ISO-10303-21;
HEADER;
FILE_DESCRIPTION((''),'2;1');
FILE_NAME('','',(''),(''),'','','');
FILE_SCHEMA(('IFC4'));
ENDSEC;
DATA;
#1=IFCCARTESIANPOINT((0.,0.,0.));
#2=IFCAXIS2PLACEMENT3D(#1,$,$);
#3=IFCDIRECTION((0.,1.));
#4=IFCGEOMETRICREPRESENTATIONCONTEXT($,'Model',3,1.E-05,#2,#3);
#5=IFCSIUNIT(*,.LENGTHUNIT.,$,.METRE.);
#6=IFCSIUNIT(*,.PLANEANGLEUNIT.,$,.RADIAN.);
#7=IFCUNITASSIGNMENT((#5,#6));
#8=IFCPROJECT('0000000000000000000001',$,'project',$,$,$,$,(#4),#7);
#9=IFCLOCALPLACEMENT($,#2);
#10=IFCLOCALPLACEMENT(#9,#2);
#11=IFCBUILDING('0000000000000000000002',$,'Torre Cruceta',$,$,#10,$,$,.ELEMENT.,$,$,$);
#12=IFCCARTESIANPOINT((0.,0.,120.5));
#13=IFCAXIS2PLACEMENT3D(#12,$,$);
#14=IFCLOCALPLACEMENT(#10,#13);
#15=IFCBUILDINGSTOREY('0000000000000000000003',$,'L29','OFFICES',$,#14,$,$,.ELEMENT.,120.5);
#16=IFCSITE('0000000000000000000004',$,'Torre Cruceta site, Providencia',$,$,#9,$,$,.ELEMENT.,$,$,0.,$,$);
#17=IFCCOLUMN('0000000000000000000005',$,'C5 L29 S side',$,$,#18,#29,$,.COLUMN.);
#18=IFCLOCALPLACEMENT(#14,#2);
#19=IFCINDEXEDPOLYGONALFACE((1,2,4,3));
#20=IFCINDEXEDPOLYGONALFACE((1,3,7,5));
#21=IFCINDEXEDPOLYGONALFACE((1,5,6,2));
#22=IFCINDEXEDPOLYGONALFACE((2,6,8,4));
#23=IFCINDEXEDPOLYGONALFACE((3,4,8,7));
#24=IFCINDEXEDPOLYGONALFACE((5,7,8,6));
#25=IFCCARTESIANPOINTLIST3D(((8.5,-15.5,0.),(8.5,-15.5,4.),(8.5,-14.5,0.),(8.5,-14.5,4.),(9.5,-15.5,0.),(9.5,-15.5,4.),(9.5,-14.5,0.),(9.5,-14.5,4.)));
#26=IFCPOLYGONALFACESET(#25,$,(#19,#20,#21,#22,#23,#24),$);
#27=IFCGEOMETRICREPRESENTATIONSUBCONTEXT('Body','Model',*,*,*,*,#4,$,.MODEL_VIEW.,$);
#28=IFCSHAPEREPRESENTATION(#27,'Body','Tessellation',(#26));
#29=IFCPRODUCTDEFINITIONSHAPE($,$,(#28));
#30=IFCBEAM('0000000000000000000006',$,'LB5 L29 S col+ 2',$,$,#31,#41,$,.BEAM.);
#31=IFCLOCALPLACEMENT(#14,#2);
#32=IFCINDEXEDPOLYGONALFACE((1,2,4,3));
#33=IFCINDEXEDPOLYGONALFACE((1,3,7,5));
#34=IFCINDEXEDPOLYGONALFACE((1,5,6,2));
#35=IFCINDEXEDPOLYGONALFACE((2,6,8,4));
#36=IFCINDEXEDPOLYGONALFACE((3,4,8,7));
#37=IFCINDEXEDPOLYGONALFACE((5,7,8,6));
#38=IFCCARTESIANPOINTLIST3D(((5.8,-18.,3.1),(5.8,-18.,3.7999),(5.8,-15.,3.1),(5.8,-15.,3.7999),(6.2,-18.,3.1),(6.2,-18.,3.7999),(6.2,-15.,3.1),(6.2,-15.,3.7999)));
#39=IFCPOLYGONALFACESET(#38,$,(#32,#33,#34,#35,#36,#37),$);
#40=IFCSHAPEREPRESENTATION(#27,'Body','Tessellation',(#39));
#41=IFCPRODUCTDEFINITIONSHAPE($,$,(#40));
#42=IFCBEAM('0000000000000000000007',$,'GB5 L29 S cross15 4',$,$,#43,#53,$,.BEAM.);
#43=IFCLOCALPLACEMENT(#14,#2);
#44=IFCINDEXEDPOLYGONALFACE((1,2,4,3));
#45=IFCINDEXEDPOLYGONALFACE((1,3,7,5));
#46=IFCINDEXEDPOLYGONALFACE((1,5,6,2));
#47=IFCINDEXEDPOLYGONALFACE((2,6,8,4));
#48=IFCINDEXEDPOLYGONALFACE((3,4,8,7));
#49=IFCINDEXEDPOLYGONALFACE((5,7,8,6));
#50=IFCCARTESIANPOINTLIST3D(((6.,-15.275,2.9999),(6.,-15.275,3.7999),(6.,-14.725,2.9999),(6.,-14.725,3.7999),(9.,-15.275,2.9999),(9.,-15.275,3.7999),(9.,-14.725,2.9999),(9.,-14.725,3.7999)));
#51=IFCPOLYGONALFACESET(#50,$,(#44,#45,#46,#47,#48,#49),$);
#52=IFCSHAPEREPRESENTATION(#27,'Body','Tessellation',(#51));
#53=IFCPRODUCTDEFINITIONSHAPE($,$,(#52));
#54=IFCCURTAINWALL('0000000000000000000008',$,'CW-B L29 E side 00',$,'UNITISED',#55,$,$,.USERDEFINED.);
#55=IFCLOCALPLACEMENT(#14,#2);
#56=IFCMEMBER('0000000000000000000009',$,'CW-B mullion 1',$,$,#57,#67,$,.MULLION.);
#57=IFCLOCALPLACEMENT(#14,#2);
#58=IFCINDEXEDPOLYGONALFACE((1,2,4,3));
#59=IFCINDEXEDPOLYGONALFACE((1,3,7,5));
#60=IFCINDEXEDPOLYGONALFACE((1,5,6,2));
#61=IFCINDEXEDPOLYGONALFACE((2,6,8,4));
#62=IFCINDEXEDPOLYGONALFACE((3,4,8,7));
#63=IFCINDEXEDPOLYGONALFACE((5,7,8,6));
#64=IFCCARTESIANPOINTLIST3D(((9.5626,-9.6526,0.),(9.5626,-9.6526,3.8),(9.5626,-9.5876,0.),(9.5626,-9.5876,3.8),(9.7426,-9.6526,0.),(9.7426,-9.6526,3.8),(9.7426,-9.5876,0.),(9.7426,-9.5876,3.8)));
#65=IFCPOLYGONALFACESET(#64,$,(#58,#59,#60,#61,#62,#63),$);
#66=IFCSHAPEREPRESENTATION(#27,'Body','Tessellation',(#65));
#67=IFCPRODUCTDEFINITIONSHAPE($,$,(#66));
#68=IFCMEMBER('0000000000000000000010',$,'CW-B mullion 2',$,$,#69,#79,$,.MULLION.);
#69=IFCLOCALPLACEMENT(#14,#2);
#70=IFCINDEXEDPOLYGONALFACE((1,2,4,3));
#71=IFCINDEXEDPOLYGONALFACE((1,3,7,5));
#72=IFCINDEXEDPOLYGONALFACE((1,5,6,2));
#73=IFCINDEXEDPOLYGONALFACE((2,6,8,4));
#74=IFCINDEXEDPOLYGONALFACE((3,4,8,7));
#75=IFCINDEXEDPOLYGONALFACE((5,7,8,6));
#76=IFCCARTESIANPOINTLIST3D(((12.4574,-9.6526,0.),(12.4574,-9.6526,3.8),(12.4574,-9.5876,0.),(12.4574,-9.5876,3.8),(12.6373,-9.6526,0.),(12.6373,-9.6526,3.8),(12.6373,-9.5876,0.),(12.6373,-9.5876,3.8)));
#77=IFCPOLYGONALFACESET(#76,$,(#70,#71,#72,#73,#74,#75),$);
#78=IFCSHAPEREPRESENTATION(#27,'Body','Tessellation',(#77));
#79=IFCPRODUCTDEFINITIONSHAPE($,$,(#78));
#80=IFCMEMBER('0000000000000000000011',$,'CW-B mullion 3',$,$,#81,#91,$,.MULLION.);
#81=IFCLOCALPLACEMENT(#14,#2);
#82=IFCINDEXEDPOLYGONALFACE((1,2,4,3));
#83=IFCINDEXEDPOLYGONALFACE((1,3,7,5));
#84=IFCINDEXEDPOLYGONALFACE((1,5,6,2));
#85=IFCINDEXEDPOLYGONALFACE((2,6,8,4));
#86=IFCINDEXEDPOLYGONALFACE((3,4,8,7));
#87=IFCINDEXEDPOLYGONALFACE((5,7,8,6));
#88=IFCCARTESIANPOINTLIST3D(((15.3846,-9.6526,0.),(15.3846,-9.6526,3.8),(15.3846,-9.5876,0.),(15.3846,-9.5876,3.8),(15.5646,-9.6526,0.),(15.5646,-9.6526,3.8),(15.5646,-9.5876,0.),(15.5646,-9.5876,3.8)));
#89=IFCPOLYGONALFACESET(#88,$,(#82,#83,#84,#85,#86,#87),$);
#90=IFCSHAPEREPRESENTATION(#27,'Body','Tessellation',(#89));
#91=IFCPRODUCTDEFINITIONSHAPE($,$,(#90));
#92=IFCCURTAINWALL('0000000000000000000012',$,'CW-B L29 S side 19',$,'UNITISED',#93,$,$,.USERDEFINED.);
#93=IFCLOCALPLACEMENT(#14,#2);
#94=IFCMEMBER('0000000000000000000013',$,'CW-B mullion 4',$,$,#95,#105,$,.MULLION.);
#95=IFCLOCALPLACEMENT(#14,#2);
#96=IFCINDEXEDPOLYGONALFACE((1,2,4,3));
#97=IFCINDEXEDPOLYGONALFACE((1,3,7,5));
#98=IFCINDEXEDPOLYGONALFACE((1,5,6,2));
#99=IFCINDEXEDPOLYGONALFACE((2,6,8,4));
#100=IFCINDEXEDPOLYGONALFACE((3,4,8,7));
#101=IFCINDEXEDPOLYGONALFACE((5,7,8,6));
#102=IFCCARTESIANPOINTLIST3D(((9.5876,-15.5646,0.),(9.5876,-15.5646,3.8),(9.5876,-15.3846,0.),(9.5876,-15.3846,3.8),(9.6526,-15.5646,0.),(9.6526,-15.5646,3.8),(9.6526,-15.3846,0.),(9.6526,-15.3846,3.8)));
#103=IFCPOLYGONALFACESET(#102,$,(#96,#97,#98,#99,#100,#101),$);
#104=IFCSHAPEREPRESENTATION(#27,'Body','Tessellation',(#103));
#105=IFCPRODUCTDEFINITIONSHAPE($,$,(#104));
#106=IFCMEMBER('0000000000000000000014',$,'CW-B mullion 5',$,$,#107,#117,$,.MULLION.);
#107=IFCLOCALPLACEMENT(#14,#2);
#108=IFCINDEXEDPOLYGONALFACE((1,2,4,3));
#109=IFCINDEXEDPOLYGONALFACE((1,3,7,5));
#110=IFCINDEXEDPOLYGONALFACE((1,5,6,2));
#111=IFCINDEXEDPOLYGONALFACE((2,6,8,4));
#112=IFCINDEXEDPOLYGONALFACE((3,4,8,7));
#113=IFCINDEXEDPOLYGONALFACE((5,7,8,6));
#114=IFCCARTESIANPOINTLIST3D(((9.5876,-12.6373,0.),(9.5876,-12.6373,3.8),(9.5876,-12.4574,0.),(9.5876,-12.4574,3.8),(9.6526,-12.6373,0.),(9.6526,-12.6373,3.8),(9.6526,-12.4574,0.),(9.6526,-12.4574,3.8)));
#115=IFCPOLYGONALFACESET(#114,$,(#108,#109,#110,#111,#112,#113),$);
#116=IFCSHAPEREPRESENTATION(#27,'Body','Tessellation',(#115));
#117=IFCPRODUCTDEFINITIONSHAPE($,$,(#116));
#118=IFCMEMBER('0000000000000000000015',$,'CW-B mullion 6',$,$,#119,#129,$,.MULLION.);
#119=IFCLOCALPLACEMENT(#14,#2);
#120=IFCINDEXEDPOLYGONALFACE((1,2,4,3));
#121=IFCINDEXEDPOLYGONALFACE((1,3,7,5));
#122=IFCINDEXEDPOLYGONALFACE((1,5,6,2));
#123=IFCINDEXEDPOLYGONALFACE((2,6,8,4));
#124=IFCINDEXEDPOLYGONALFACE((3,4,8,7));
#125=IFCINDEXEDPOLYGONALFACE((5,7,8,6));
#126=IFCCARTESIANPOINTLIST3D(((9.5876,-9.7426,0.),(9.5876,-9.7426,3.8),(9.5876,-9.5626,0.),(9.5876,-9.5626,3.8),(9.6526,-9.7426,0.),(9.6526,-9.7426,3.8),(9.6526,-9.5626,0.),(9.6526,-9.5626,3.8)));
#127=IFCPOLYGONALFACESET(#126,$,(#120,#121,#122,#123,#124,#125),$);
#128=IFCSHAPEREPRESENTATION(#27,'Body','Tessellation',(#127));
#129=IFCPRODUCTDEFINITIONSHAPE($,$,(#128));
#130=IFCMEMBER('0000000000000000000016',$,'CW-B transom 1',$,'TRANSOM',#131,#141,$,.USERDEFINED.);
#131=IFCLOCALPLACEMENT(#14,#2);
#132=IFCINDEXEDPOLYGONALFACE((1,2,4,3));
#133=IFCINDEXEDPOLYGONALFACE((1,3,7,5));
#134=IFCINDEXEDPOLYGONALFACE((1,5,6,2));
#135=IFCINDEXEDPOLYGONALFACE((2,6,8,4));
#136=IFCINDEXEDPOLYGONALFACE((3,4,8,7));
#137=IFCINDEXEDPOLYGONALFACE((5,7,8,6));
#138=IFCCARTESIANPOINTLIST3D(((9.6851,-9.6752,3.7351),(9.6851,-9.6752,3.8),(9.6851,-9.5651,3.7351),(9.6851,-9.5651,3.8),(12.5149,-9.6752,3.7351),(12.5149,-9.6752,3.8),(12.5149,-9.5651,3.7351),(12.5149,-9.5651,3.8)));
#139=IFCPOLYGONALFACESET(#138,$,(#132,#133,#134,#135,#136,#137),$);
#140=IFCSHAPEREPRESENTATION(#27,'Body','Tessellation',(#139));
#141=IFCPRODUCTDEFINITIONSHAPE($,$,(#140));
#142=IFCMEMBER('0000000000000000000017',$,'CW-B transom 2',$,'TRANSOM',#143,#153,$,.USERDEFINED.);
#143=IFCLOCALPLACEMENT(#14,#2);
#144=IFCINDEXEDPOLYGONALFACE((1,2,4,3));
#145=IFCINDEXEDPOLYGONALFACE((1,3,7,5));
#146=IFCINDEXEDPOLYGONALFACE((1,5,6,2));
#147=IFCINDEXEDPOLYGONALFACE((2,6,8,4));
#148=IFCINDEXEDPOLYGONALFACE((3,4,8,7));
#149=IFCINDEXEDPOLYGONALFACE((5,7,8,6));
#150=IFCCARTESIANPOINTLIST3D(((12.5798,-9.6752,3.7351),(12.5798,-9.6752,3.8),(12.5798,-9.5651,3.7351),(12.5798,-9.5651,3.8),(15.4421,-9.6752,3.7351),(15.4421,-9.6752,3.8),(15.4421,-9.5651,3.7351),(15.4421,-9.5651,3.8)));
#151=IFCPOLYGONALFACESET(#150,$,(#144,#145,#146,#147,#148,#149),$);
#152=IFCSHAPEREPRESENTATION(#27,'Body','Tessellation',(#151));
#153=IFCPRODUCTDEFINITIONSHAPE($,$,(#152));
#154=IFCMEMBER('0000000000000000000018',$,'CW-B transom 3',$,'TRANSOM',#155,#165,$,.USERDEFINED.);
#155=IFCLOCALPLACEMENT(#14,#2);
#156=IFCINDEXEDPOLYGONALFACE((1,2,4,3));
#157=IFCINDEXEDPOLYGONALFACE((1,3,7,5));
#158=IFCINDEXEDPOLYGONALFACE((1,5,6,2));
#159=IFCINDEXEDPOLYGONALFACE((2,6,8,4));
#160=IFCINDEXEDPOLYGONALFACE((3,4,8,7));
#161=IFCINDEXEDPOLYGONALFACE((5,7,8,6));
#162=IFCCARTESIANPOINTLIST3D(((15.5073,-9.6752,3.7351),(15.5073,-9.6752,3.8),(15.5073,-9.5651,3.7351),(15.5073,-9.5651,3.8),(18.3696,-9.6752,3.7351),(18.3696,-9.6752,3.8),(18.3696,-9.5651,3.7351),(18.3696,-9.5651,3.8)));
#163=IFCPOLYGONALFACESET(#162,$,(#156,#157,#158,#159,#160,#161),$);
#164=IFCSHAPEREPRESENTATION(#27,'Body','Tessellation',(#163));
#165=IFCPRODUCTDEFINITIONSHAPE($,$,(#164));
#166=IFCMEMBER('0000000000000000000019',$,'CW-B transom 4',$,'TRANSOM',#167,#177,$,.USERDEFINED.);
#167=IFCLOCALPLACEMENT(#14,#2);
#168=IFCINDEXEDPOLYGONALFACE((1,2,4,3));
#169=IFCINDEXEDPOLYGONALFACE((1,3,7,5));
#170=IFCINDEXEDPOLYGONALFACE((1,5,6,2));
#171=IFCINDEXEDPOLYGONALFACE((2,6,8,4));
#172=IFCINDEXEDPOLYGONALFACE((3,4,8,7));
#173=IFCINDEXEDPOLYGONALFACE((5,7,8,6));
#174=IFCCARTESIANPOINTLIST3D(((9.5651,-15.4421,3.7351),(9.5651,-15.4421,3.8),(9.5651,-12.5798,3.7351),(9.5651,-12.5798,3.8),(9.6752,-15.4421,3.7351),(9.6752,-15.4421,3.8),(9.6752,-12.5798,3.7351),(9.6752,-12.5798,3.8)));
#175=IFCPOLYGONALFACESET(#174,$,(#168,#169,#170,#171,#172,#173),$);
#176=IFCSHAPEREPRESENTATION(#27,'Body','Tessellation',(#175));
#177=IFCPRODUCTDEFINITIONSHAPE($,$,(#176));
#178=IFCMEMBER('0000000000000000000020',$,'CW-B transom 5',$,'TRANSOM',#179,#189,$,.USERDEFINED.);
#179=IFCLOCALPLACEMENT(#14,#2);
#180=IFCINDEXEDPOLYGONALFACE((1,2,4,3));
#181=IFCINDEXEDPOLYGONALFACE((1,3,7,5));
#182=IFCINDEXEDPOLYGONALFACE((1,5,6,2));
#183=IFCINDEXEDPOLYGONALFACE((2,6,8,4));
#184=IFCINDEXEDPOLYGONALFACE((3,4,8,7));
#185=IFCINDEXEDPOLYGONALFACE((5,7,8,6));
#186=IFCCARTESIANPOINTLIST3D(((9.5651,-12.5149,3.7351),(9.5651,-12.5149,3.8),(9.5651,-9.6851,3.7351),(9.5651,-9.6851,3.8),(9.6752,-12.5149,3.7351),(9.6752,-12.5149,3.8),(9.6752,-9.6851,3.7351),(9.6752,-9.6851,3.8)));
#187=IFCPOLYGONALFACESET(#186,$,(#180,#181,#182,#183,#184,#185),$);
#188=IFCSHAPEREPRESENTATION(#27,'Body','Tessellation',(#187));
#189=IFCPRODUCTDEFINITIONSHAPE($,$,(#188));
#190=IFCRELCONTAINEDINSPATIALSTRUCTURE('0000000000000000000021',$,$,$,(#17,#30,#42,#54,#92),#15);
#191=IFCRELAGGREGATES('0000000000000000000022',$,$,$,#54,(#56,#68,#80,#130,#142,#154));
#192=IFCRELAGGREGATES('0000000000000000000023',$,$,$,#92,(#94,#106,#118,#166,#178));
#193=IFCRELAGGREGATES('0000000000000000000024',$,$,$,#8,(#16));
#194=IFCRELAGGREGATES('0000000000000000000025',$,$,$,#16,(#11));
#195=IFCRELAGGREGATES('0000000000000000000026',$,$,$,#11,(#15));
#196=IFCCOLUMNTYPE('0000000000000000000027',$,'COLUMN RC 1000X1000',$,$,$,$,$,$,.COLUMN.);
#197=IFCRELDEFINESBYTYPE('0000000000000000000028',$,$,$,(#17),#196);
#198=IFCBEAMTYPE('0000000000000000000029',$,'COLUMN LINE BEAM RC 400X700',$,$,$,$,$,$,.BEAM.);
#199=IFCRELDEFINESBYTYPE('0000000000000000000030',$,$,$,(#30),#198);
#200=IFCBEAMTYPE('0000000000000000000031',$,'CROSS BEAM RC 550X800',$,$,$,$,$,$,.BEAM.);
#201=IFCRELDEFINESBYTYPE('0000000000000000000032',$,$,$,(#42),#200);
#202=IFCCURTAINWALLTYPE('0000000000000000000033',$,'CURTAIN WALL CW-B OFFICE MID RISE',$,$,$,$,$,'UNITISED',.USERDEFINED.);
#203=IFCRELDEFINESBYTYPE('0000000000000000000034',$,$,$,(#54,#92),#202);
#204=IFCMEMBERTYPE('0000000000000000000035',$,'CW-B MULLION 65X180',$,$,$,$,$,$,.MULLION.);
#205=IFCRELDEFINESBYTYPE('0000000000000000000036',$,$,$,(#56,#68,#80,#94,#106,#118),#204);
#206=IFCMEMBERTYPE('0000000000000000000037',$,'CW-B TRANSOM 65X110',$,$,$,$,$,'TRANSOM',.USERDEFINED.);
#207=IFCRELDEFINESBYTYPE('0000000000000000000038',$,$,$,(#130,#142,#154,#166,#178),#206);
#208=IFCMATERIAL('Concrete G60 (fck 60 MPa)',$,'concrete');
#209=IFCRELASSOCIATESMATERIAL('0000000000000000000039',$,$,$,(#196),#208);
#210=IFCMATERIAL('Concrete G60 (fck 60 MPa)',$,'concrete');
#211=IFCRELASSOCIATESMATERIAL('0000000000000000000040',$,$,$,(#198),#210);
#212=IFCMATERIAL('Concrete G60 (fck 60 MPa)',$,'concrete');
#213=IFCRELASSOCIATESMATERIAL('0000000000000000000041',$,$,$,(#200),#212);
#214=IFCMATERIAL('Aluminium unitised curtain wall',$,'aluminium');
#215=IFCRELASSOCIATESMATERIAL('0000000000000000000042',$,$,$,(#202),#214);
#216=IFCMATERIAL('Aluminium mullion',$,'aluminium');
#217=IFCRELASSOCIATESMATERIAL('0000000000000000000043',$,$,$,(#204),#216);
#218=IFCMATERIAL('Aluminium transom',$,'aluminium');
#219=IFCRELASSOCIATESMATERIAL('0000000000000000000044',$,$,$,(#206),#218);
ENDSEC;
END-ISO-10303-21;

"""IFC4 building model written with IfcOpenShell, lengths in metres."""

from ifc_helpers import new_model, si_unit, direction, frame, origin, origin_2d, place, context, subcontext, project, spatial, rectangle, extrude, material, material_profile, profile_set, type_object, element, aggregate, save


model = new_model("IFC4")

# Units and contexts
model_context = context("Model", 3, precision=1e-05, world=origin(), true_north=direction((0.0, 1.0)))
body_context = subcontext(model_context, "Body", "Model", "MODEL_VIEW")
ifc_project = project(units=[si_unit("LENGTHUNIT", "METRE"), si_unit("PLANEANGLEUNIT", "RADIAN")], contexts=[model_context])

# Site, building, storey
site_placement = place(None, origin())
site = spatial("IfcSite", under=ifc_project, at=site_placement, Name="Torre Cruceta site, Providencia", CompositionType="ELEMENT", RefElevation=0.0)
building_placement = place(site_placement, origin())
building = spatial("IfcBuilding", under=site, at=building_placement, Name="Torre Cruceta", CompositionType="ELEMENT")
storey_placement = place(building_placement, frame((0.0, 0.0, 120.5)))
storey = spatial("IfcBuildingStorey", under=building, at=storey_placement, Name="L29", Description="OFFICES", CompositionType="ELEMENT", Elevation=120.5)

# Column
ifc_material_1 = material(Name="Concrete G60 (fck 60 MPa)", Category="concrete")
ifc_material_profile_1 = material_profile(ifc_material_1, rectangle(XDim=1.0, YDim=1.0, at=origin_2d()), Name="RC 1000X1000")
ifc_profile_set_1 = profile_set([ifc_material_profile_1], Name="Concrete G60 (fck 60 MPa)")
column_type = type_object("IfcColumnType", Name="COLUMN RC 1000X1000", PredefinedType="COLUMN", material=ifc_profile_set_1)
column_placement = place(storey_placement, frame((9.0, -15.0, 0.0), z_axis=(0.0, 0.0, 1.0), x_axis=(1.0, 0.0, 0.0)))
element("IfcColumn", 1, at=column_placement, inside=storey, type_object=column_type, Name="C5 L29 S side", PredefinedType="COLUMN", context=body_context, shape_type="SweptSolid", body=[
    extrude(rectangle(XDim=1.0, YDim=1.0, at=origin_2d()), origin(), (0.0, 0.0, 1.0), 4.0),
])

# Beams
ifc_material_2 = material(Name="Concrete G60 (fck 60 MPa)", Category="concrete")
ifc_material_profile_2 = material_profile(ifc_material_2, rectangle(XDim=0.3999, YDim=0.7, at=origin_2d()), Name="RC 400X700")
ifc_profile_set_2 = profile_set([ifc_material_profile_2], Name="Concrete G60 (fck 60 MPa)")
beam_type_1 = type_object("IfcBeamType", Name="COLUMN LINE BEAM RC 400X700", PredefinedType="BEAM", material=ifc_profile_set_2)
beam_1_placement = place(storey_placement, frame((6.0, -15.0, 3.45), z_axis=(0.0, -1.0, 0.0), x_axis=(1.0, 0.0, 0.0)))
element("IfcBeam", 2, at=beam_1_placement, inside=storey, type_object=beam_type_1, Name="LB5 L29 S col+ 2", PredefinedType="BEAM", context=body_context, shape_type="SweptSolid", body=[
    extrude(rectangle(XDim=0.3999, YDim=0.7, at=origin_2d()), origin(), (0.0, 0.0, 1.0), 3.0),
])
ifc_material_3 = material(Name="Concrete G60 (fck 60 MPa)", Category="concrete")
ifc_material_profile_3 = material_profile(ifc_material_3, rectangle(XDim=0.55, YDim=0.8, at=origin_2d()), Name="RC 550X800")
ifc_profile_set_3 = profile_set([ifc_material_profile_3], Name="Concrete G60 (fck 60 MPa)")
beam_type_2 = type_object("IfcBeamType", Name="CROSS BEAM RC 550X800", PredefinedType="BEAM", material=ifc_profile_set_3)
beam_2_placement = place(storey_placement, frame((6.0, -15.0, 3.3999), z_axis=(1.0, 0.0, 0.0), x_axis=(0.0, 1.0, 0.0)))
element("IfcBeam", 3, at=beam_2_placement, inside=storey, type_object=beam_type_2, Name="GB5 L29 S cross15 4", PredefinedType="BEAM", context=body_context, shape_type="SweptSolid", body=[
    extrude(rectangle(XDim=0.55, YDim=0.8, at=origin_2d()), origin(), (0.0, 0.0, 1.0), 3.0),
])

# Curtain walls, members
ifc_material_4 = material(Name="Aluminium unitised curtain wall", Category="aluminium")
curtain_wall_type = type_object("IfcCurtainWallType", Name="CURTAIN WALL CW-B OFFICE MID RISE", ElementType="UNITISED", PredefinedType="USERDEFINED", material=ifc_material_4)
curtain_wall_1_placement = place(storey_placement, origin())
curtain_wall_1 = element("IfcCurtainWall", 4, at=curtain_wall_1_placement, inside=storey, type_object=curtain_wall_type, Name="CW-B L29 E side 00", ObjectType="UNITISED", PredefinedType="USERDEFINED")
ifc_material_5 = material(Name="Aluminium mullion", Category="aluminium")
ifc_material_profile_4 = material_profile(ifc_material_5, rectangle(XDim=0.0649, YDim=0.1799, at=origin_2d()), Name="AL 65X180")
ifc_profile_set_4 = profile_set([ifc_material_profile_4], Name="Aluminium mullion")
member_type_1 = type_object("IfcMemberType", Name="CW-B MULLION 65X180", PredefinedType="MULLION", material=ifc_profile_set_4)
member_1_placement = place(storey_placement, frame((9.6526, -9.6201, 0.0), z_axis=(0.0, 0.0, 1.0), x_axis=(0.0, 1.0, 0.0)))
member_1 = element("IfcMember", 5, at=member_1_placement, type_object=member_type_1, Name="CW-B mullion 1", PredefinedType="MULLION", context=body_context, shape_type="SweptSolid", body=[
    extrude(rectangle(XDim=0.0649, YDim=0.1799, at=origin_2d()), origin(), (0.0, 0.0, 1.0), 3.8),
])
member_2_placement = place(storey_placement, frame((12.5474, -9.6201, 0.0), z_axis=(0.0, 0.0, 1.0), x_axis=(0.0, 1.0, 0.0)))
member_2 = element("IfcMember", 6, at=member_2_placement, type_object=member_type_1, Name="CW-B mullion 2", PredefinedType="MULLION", context=body_context, shape_type="SweptSolid", body=[
    extrude(rectangle(XDim=0.0649, YDim=0.1799, at=origin_2d()), origin(), (0.0, 0.0, 1.0), 3.8),
])
member_3_placement = place(storey_placement, frame((15.4746, -9.6201, 0.0), z_axis=(0.0, 0.0, 1.0), x_axis=(0.0, 1.0, 0.0)))
member_3 = element("IfcMember", 7, at=member_3_placement, type_object=member_type_1, Name="CW-B mullion 3", PredefinedType="MULLION", context=body_context, shape_type="SweptSolid", body=[
    extrude(rectangle(XDim=0.0649, YDim=0.1799, at=origin_2d()), origin(), (0.0, 0.0, 1.0), 3.8),
])
curtain_wall_2_placement = place(storey_placement, origin())
curtain_wall_2 = element("IfcCurtainWall", 8, at=curtain_wall_2_placement, inside=storey, type_object=curtain_wall_type, Name="CW-B L29 S side 19", ObjectType="UNITISED", PredefinedType="USERDEFINED")
member_4_placement = place(storey_placement, frame((9.6201, -15.4746, 0.0), z_axis=(0.0, 0.0, 1.0), x_axis=(-1.0, 0.0, 0.0)))
member_4 = element("IfcMember", 9, at=member_4_placement, type_object=member_type_1, Name="CW-B mullion 4", PredefinedType="MULLION", context=body_context, shape_type="SweptSolid", body=[
    extrude(rectangle(XDim=0.0649, YDim=0.1799, at=origin_2d()), origin(), (0.0, 0.0, 1.0), 3.8),
])
member_5_placement = place(storey_placement, frame((9.6201, -12.5474, 0.0), z_axis=(0.0, 0.0, 1.0), x_axis=(-1.0, 0.0, 0.0)))
member_5 = element("IfcMember", 10, at=member_5_placement, type_object=member_type_1, Name="CW-B mullion 5", PredefinedType="MULLION", context=body_context, shape_type="SweptSolid", body=[
    extrude(rectangle(XDim=0.0649, YDim=0.1799, at=origin_2d()), origin(), (0.0, 0.0, 1.0), 3.8),
])
member_6_placement = place(storey_placement, frame((9.6201, -9.6526, 0.0), z_axis=(0.0, 0.0, 1.0), x_axis=(-1.0, 0.0, 0.0)))
member_6 = element("IfcMember", 11, at=member_6_placement, type_object=member_type_1, Name="CW-B mullion 6", PredefinedType="MULLION", context=body_context, shape_type="SweptSolid", body=[
    extrude(rectangle(XDim=0.0649, YDim=0.1799, at=origin_2d()), origin(), (0.0, 0.0, 1.0), 3.8),
])

# Members
ifc_material_6 = material(Name="Aluminium transom", Category="aluminium")
ifc_material_profile_5 = material_profile(ifc_material_6, rectangle(XDim=0.1101, YDim=0.0649, at=origin_2d()), Name="AL 110X65")
ifc_profile_set_5 = profile_set([ifc_material_profile_5], Name="Aluminium transom")
member_type_2 = type_object("IfcMemberType", Name="CW-B TRANSOM 65X110", ElementType="TRANSOM", PredefinedType="USERDEFINED", material=ifc_profile_set_5)
member_7_placement = place(storey_placement, frame((9.6851, -9.6201, 3.7676), z_axis=(1.0, 0.0, 0.0), x_axis=(0.0, 1.0, 0.0)))
member_7 = element("IfcMember", 12, at=member_7_placement, type_object=member_type_2, Name="CW-B transom 1", ObjectType="TRANSOM", PredefinedType="USERDEFINED", context=body_context, shape_type="SweptSolid", body=[
    extrude(rectangle(XDim=0.1101, YDim=0.0649, at=origin_2d()), origin(), (0.0, 0.0, 1.0), 2.8298),
])
member_8_placement = place(storey_placement, frame((12.5798, -9.6201, 3.7676), z_axis=(1.0, 0.0, 0.0), x_axis=(0.0, 1.0, 0.0)))
member_8 = element("IfcMember", 13, at=member_8_placement, type_object=member_type_2, Name="CW-B transom 2", ObjectType="TRANSOM", PredefinedType="USERDEFINED", context=body_context, shape_type="SweptSolid", body=[
    extrude(rectangle(XDim=0.1101, YDim=0.0649, at=origin_2d()), origin(), (0.0, 0.0, 1.0), 2.8623),
])
member_9_placement = place(storey_placement, frame((15.5073, -9.6201, 3.7676), z_axis=(1.0, 0.0, 0.0), x_axis=(0.0, 1.0, 0.0)))
member_9 = element("IfcMember", 14, at=member_9_placement, type_object=member_type_2, Name="CW-B transom 3", ObjectType="TRANSOM", PredefinedType="USERDEFINED", context=body_context, shape_type="SweptSolid", body=[
    extrude(rectangle(XDim=0.1101, YDim=0.0649, at=origin_2d()), origin(), (0.0, 0.0, 1.0), 2.8623),
])
member_10_placement = place(storey_placement, frame((9.6201, -15.4421, 3.7676), z_axis=(0.0, 1.0, 0.0), x_axis=(-1.0, 0.0, 0.0)))
member_10 = element("IfcMember", 15, at=member_10_placement, type_object=member_type_2, Name="CW-B transom 4", ObjectType="TRANSOM", PredefinedType="USERDEFINED", context=body_context, shape_type="SweptSolid", body=[
    extrude(rectangle(XDim=0.1101, YDim=0.0649, at=origin_2d()), origin(), (0.0, 0.0, 1.0), 2.8623),
])
member_11_placement = place(storey_placement, frame((9.6201, -12.5149, 3.7676), z_axis=(0.0, 1.0, 0.0), x_axis=(-1.0, 0.0, 0.0)))
member_11 = element("IfcMember", 16, at=member_11_placement, type_object=member_type_2, Name="CW-B transom 5", ObjectType="TRANSOM", PredefinedType="USERDEFINED", context=body_context, shape_type="SweptSolid", body=[
    extrude(rectangle(XDim=0.1101, YDim=0.0649, at=origin_2d()), origin(), (0.0, 0.0, 1.0), 2.8298),
])

aggregate(curtain_wall_1, [member_1, member_2, member_3, member_7, member_8, member_9])
aggregate(curtain_wall_2, [member_4, member_5, member_6, member_10, member_11])

save(model, "model.ifc")
